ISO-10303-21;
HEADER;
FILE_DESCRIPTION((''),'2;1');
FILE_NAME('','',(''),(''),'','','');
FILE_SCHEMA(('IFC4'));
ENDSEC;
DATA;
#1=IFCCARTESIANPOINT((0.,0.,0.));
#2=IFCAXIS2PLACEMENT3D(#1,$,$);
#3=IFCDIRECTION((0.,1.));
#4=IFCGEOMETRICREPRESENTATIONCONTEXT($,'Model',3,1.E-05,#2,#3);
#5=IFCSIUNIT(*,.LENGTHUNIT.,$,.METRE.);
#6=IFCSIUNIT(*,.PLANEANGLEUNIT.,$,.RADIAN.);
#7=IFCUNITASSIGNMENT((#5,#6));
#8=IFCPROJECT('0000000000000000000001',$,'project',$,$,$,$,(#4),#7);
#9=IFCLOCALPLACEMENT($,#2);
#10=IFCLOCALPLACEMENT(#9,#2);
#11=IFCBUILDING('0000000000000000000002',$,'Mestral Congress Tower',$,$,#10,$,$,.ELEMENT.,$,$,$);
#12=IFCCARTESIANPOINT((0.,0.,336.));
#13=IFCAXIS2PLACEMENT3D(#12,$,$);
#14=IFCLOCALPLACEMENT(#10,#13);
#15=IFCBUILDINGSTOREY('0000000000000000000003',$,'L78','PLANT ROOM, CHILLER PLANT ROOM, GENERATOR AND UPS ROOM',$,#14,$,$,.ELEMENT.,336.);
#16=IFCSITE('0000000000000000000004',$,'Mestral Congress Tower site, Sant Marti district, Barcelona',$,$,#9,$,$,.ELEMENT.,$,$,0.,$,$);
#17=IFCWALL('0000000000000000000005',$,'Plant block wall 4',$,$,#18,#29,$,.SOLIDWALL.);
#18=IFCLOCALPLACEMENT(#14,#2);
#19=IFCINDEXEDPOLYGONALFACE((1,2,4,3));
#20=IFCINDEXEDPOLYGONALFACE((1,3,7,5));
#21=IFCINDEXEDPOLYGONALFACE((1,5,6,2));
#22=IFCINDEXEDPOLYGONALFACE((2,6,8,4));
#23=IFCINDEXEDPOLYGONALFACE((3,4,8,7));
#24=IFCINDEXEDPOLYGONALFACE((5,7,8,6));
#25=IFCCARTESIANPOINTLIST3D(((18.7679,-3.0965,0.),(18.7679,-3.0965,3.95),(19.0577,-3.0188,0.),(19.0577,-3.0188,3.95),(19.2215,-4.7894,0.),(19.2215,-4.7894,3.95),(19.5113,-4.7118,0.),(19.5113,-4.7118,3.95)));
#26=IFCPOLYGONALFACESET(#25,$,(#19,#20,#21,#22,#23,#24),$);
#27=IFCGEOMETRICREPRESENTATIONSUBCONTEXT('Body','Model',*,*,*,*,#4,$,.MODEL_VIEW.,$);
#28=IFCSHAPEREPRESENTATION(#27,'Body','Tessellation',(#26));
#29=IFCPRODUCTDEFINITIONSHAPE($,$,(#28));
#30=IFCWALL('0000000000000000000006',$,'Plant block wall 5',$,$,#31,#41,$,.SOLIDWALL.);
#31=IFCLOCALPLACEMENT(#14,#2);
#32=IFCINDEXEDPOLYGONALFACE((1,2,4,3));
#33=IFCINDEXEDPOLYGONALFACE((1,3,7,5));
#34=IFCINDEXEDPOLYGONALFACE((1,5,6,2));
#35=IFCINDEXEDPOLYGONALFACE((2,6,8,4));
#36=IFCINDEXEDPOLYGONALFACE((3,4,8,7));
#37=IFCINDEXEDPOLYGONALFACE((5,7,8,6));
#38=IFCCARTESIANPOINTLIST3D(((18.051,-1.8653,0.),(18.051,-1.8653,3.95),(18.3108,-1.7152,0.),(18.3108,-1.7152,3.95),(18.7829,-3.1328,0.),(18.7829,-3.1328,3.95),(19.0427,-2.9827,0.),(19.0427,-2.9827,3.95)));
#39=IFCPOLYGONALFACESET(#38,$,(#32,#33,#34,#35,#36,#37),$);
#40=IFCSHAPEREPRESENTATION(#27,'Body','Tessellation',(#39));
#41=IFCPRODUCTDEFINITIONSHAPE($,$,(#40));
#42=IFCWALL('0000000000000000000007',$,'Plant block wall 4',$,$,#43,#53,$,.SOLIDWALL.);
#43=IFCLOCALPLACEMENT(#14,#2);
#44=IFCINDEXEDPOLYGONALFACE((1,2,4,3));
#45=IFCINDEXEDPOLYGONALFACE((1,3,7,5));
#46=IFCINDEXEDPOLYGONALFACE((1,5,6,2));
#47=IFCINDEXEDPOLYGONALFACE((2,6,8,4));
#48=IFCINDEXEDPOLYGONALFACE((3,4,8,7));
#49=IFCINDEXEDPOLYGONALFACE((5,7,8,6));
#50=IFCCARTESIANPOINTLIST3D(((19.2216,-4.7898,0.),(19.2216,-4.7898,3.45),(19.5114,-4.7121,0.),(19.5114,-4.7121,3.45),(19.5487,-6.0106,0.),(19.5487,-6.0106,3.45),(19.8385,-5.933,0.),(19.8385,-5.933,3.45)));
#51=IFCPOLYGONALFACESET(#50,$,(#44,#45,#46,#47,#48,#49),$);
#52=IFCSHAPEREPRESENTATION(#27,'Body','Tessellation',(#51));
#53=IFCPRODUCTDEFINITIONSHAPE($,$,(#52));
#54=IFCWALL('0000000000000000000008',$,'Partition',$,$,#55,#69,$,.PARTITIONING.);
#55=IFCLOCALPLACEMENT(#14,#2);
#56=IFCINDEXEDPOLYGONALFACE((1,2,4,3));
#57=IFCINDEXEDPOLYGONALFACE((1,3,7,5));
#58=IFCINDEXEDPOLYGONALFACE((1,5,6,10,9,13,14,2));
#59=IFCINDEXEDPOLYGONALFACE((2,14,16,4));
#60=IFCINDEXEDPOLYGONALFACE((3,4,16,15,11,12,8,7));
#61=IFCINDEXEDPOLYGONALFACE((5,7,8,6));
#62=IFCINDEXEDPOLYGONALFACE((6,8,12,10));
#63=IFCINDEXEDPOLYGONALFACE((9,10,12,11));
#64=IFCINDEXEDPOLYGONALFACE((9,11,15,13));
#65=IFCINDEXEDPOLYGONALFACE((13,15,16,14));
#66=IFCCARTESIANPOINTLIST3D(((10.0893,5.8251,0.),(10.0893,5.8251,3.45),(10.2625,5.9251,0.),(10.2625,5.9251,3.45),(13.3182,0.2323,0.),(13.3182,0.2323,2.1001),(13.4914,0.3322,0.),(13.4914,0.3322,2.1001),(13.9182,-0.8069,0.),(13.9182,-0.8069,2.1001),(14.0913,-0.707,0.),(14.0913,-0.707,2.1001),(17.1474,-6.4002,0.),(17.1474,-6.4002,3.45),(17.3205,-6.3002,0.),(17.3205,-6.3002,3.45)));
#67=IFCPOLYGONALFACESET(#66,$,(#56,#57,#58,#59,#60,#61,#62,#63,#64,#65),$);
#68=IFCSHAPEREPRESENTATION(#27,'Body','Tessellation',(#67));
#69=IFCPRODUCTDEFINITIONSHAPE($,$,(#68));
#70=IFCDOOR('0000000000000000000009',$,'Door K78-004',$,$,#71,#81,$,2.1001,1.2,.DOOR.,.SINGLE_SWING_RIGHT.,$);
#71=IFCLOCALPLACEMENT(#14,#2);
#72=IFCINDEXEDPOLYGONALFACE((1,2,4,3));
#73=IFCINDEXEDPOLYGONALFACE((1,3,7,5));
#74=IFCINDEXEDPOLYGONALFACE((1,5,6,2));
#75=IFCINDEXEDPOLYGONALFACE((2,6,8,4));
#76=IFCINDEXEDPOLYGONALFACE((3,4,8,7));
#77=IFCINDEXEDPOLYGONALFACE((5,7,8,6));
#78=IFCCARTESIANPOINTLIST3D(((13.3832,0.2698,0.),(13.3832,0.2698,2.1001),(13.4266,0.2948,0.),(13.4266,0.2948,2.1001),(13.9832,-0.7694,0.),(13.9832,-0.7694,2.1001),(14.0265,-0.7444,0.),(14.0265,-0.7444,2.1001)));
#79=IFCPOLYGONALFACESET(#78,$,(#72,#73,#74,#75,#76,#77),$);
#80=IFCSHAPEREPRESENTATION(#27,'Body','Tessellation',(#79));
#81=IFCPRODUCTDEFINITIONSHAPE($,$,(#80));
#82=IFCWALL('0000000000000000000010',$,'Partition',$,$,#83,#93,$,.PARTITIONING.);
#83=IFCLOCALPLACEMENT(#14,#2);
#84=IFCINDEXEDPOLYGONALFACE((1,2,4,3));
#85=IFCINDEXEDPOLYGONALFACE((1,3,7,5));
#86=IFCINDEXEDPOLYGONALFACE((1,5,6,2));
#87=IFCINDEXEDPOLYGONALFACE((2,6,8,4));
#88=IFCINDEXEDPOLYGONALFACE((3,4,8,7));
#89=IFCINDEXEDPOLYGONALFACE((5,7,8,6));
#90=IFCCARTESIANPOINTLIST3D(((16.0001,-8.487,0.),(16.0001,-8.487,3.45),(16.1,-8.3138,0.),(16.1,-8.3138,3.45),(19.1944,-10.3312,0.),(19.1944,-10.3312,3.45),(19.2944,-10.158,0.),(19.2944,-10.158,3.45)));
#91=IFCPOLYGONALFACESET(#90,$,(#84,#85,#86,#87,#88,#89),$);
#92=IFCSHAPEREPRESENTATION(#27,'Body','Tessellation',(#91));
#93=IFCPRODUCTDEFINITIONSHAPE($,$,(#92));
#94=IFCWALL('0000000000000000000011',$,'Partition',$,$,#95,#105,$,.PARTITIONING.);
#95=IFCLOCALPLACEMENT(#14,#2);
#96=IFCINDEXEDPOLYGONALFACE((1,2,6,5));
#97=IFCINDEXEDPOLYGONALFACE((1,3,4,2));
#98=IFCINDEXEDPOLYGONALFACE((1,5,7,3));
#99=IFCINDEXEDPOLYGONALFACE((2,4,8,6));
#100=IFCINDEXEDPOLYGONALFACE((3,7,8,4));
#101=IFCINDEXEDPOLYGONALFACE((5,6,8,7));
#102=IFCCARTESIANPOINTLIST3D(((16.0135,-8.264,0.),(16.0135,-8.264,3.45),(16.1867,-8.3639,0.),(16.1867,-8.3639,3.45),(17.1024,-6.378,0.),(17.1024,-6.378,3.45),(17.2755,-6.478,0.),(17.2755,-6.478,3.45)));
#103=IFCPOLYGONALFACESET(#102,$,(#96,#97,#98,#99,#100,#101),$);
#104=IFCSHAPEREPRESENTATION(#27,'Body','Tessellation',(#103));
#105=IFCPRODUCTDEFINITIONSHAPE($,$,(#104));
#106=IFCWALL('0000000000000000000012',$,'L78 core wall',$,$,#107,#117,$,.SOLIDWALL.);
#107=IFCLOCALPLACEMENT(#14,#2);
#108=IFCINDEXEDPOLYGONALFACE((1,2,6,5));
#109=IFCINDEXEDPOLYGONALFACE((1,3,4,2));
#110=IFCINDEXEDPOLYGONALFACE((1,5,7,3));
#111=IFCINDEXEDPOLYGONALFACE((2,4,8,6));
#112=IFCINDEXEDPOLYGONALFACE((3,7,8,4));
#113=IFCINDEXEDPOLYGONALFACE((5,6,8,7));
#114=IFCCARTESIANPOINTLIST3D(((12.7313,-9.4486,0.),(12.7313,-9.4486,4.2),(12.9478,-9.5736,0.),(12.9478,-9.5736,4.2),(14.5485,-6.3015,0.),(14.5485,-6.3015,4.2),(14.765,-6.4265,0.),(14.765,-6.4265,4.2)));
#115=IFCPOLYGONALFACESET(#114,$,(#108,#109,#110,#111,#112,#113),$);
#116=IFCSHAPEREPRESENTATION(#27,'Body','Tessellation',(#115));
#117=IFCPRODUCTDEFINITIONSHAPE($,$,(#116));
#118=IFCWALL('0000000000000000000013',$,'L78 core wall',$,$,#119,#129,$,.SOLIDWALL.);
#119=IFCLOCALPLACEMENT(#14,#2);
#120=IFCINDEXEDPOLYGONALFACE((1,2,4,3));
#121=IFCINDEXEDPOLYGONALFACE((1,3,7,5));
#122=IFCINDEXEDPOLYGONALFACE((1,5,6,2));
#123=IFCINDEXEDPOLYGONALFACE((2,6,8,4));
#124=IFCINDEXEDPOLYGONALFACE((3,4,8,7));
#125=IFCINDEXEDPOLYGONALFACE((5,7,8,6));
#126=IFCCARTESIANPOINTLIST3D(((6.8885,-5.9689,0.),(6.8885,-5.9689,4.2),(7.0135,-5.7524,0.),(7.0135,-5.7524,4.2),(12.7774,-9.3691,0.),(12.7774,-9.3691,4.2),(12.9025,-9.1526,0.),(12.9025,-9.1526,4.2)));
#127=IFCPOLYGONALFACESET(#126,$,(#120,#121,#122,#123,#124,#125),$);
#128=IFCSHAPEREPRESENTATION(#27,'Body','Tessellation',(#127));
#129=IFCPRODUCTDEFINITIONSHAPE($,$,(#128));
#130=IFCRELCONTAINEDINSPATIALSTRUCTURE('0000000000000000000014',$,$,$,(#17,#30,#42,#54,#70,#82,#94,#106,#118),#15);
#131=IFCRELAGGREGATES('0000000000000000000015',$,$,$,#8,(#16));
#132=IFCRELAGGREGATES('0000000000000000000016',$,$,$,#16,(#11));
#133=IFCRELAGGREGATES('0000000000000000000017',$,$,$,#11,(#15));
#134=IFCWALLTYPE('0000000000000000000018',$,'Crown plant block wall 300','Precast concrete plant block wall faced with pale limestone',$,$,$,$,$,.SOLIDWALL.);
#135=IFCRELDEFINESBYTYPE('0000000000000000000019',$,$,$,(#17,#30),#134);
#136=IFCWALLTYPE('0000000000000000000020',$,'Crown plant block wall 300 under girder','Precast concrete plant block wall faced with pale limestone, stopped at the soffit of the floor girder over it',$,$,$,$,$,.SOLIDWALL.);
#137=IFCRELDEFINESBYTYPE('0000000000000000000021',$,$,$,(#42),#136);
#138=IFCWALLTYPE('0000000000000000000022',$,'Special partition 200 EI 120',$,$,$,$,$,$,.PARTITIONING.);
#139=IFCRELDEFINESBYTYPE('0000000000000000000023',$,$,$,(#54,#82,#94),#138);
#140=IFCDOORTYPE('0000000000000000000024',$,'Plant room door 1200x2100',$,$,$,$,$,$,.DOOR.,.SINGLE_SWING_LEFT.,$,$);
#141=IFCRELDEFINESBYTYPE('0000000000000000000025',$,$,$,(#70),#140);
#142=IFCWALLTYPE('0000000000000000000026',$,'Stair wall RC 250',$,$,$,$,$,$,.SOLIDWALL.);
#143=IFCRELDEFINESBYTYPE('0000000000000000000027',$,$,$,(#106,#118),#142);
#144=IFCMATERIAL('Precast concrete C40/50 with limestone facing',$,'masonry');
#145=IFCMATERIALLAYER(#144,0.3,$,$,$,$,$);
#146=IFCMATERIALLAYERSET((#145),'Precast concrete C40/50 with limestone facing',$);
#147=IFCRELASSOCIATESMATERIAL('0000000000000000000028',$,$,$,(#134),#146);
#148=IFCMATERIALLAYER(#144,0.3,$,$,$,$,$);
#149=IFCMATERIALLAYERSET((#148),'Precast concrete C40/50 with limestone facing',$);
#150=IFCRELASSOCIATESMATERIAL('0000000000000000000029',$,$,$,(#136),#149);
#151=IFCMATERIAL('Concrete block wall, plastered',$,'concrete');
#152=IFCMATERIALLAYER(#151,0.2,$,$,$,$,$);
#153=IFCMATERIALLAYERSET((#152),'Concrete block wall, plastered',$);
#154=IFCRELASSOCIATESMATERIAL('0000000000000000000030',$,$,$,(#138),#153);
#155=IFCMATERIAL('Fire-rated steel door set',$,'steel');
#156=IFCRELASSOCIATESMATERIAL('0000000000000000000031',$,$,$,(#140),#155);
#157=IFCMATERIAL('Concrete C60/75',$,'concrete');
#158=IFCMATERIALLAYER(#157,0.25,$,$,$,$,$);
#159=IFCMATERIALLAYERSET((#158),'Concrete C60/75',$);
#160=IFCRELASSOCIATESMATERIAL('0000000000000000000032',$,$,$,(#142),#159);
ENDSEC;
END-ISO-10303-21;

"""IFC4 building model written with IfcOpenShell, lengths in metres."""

from ifc_helpers import new_model, si_unit, direction, frame, frame_2d, origin, place, context, subcontext, project, spatial, rectangle, extrude, material, layer, layer_set, type_object, element, fill, save


model = new_model("IFC4")

# Units and contexts
model_context = context("Model", 3, precision=1e-05, world=origin(), true_north=direction((0.0, 1.0)))
body_context = subcontext(model_context, "Body", "Model", "MODEL_VIEW")
ifc_project = project(units=[si_unit("LENGTHUNIT", "METRE"), si_unit("PLANEANGLEUNIT", "RADIAN")], contexts=[model_context])

# Site, building, storey
site_placement = place(None, origin())
site = spatial("IfcSite", under=ifc_project, at=site_placement, Name="Mestral Congress Tower site, Sant Marti district, Barcelona", CompositionType="ELEMENT", RefElevation=0.0)
building_placement = place(site_placement, origin())
building = spatial("IfcBuilding", under=site, at=building_placement, Name="Mestral Congress Tower", CompositionType="ELEMENT")
storey_placement = place(building_placement, frame((0.0, 0.0, 336.0)))
storey = spatial("IfcBuildingStorey", under=building, at=storey_placement, Name="L78", Description="PLANT ROOM, CHILLER PLANT ROOM, GENERATOR AND UPS ROOM", CompositionType="ELEMENT", Elevation=336.0)

# Walls
ifc_material_1 = material(Name="Precast concrete C40/50 with limestone facing", Category="masonry")
ifc_layer_1 = layer(ifc_material_1, 0.3)
ifc_layer_set_1 = layer_set([ifc_layer_1], Name="Precast concrete C40/50 with limestone facing")
wall_type_1 = type_object("IfcWallType", Name="Crown plant block wall 300", Description="Precast concrete plant block wall faced with pale limestone", PredefinedType="SOLIDWALL", material=ifc_layer_set_1)
wall_1_placement = place(storey_placement, frame((19.3665, -4.7507, 0.0), z_axis=(0.0, 0.0, 1.0), x_axis=(-0.258824, 0.965924, 0.0)))
element("IfcWall", 1, at=wall_1_placement, inside=storey, type_object=wall_type_1, Name="Plant block wall 4", PredefinedType="SOLIDWALL", context=body_context, shape_type="SweptSolid", body=[
    extrude(rectangle(XDim=1.7527, YDim=0.3, at=frame_2d((0.8765, 0.0))), origin(), (0.0, 0.0, 1.0), 3.95),
])
wall_2_placement = place(storey_placement, frame((18.9128, -3.0579, 0.0), z_axis=(0.0, 0.0, 1.0), x_axis=(-0.50005, 0.865997, 0.0)))
element("IfcWall", 2, at=wall_2_placement, inside=storey, type_object=wall_type_1, Name="Plant block wall 5", PredefinedType="SOLIDWALL", context=body_context, shape_type="SweptSolid", body=[
    extrude(rectangle(XDim=1.4636, YDim=0.3, at=frame_2d((0.7319, 0.0))), origin(), (0.0, 0.0, 1.0), 3.95),
])
ifc_layer_2 = layer(ifc_material_1, 0.3)
ifc_layer_set_2 = layer_set([ifc_layer_2], Name="Precast concrete C40/50 with limestone facing")
wall_type_2 = type_object("IfcWallType", Name="Crown plant block wall 300 under girder", Description="Precast concrete plant block wall faced with pale limestone, stopped at the soffit of the floor girder over it", PredefinedType="SOLIDWALL", material=ifc_layer_set_2)
wall_3_placement = place(storey_placement, frame((19.6936, -5.9717, 0.0), z_axis=(0.0, 0.0, 1.0), x_axis=(-0.258817, 0.965926, 0.0)))
element("IfcWall", 3, at=wall_3_placement, inside=storey, type_object=wall_type_2, Name="Plant block wall 4", PredefinedType="SOLIDWALL", context=body_context, shape_type="SweptSolid", body=[
    extrude(rectangle(XDim=1.2639, YDim=0.3, at=frame_2d((0.6318, 0.0))), origin(), (0.0, 0.0, 1.0), 3.45),
])

# Wall, opening, door
ifc_material_2 = material(Name="Concrete block wall, plastered", Category="concrete")
ifc_layer_3 = layer(ifc_material_2, 0.2)
ifc_layer_set_3 = layer_set([ifc_layer_3], Name="Concrete block wall, plastered")
wall_type_3 = type_object("IfcWallType", Name="Special partition 200 EI 120", PredefinedType="PARTITIONING", material=ifc_layer_set_3)
wall_4_placement = place(storey_placement, frame((17.2339, -6.3501, 0.0), z_axis=(0.0, 0.0, 1.0), x_axis=(-0.499989, 0.866032, 0.0)))
wall_4 = element("IfcWall", 4, at=wall_4_placement, inside=storey, type_object=wall_type_3, Name="Partition", PredefinedType="PARTITIONING", context=body_context, shape_type="SweptSolid", body=[
    extrude(rectangle(XDim=14.1165, YDim=0.2, at=frame_2d((7.0581, 0.0))), origin(), (0.0, 0.0, 1.0), 3.45),
])
opening_placement = place(wall_4_placement, frame((6.4583, 0.0, 0.0)))
opening = element("IfcOpeningElement", 5, at=opening_placement, cuts=wall_4, PredefinedType="OPENING", context=body_context, shape_type="SweptSolid", body=[
    extrude(rectangle(XDim=1.2, YDim=2.1001, at=frame_2d((0.6001, 1.05))), frame((0.0, 0.1099, 0.0), z_axis=(0.0, -1.0, 0.0), x_axis=(1.0, 0.0, 0.0)), (0.0, 0.0, 1.0), 0.22),
])
ifc_material_3 = material(Name="Fire-rated steel door set", Category="steel")
door_type = type_object("IfcDoorType", Name="Plant room door 1200x2100", OperationType="SINGLE_SWING_LEFT", PredefinedType="DOOR", material=ifc_material_3)
door_placement = place(opening_placement, origin())
door = element("IfcDoor", 6, at=door_placement, inside=storey, type_object=door_type, Name="Door K78-004", OperationType="SINGLE_SWING_RIGHT", OverallHeight=2.1001, OverallWidth=1.2, PredefinedType="DOOR", context=body_context, shape_type="SweptSolid", body=[
    extrude(rectangle(XDim=1.2, YDim=2.1001, at=frame_2d((0.6001, 1.05))), frame((0.0, 0.0249, 0.0), z_axis=(0.0, -1.0, 0.0), x_axis=(1.0, 0.0, 0.0)), (0.0, 0.0, 1.0), 0.05),
])
fill(opening, door)

# Walls
wall_5_placement = place(storey_placement, frame((16.05, -8.4004, 0.0), z_axis=(0.0, 0.0, 1.0), x_axis=(0.866027, -0.499997, 0.0)))
element("IfcWall", 7, at=wall_5_placement, inside=storey, type_object=wall_type_3, Name="Partition", PredefinedType="PARTITIONING", context=body_context, shape_type="SweptSolid", body=[
    extrude(rectangle(XDim=3.6885, YDim=0.2, at=frame_2d((1.8442, 0.0))), origin(), (0.0, 0.0, 1.0), 3.45),
])
wall_6_placement = place(storey_placement, frame((17.189, -6.428, 0.0), z_axis=(0.0, 0.0, 1.0), x_axis=(-0.499997, -0.866027, 0.0)))
element("IfcWall", 8, at=wall_6_placement, inside=storey, type_object=wall_type_3, Name="Partition", PredefinedType="PARTITIONING", context=body_context, shape_type="SweptSolid", body=[
    extrude(rectangle(XDim=2.1777, YDim=0.2, at=frame_2d((1.0889, 0.0))), origin(), (0.0, 0.0, 1.0), 3.45),
])
ifc_material_4 = material(Name="Concrete C60/75", Category="concrete")
ifc_layer_4 = layer(ifc_material_4, 0.25)
ifc_layer_set_4 = layer_set([ifc_layer_4], Name="Concrete C60/75")
wall_type_4 = type_object("IfcWallType", Name="Stair wall RC 250", PredefinedType="SOLIDWALL", material=ifc_layer_set_4)
wall_7_placement = place(storey_placement, frame((12.8396, -9.511, 0.0), z_axis=(0.0, 0.0, 1.0), x_axis=(0.500048, 0.865998, 0.0)))
element("IfcWall", 9, at=wall_7_placement, inside=storey, type_object=wall_type_4, Name="L78 core wall", PredefinedType="SOLIDWALL", context=body_context, shape_type="SweptSolid", body=[
    extrude(rectangle(XDim=3.634, YDim=0.25, at=frame_2d((1.8169, 0.0))), origin(), (0.0, 0.0, 1.0), 4.2),
])
wall_8_placement = place(storey_placement, frame((12.8398, -9.2607, 0.0), z_axis=(0.0, 0.0, 1.0), x_axis=(-0.866014, 0.50002, 0.0)))
element("IfcWall", 10, at=wall_8_placement, inside=storey, type_object=wall_type_4, Name="L78 core wall", PredefinedType="SOLIDWALL", context=body_context, shape_type="SweptSolid", body=[
    extrude(rectangle(XDim=6.8, YDim=0.25, at=frame_2d((3.3999, 0.0))), origin(), (0.0, 0.0, 1.0), 4.2),
])

save(model, "model.ifc")
